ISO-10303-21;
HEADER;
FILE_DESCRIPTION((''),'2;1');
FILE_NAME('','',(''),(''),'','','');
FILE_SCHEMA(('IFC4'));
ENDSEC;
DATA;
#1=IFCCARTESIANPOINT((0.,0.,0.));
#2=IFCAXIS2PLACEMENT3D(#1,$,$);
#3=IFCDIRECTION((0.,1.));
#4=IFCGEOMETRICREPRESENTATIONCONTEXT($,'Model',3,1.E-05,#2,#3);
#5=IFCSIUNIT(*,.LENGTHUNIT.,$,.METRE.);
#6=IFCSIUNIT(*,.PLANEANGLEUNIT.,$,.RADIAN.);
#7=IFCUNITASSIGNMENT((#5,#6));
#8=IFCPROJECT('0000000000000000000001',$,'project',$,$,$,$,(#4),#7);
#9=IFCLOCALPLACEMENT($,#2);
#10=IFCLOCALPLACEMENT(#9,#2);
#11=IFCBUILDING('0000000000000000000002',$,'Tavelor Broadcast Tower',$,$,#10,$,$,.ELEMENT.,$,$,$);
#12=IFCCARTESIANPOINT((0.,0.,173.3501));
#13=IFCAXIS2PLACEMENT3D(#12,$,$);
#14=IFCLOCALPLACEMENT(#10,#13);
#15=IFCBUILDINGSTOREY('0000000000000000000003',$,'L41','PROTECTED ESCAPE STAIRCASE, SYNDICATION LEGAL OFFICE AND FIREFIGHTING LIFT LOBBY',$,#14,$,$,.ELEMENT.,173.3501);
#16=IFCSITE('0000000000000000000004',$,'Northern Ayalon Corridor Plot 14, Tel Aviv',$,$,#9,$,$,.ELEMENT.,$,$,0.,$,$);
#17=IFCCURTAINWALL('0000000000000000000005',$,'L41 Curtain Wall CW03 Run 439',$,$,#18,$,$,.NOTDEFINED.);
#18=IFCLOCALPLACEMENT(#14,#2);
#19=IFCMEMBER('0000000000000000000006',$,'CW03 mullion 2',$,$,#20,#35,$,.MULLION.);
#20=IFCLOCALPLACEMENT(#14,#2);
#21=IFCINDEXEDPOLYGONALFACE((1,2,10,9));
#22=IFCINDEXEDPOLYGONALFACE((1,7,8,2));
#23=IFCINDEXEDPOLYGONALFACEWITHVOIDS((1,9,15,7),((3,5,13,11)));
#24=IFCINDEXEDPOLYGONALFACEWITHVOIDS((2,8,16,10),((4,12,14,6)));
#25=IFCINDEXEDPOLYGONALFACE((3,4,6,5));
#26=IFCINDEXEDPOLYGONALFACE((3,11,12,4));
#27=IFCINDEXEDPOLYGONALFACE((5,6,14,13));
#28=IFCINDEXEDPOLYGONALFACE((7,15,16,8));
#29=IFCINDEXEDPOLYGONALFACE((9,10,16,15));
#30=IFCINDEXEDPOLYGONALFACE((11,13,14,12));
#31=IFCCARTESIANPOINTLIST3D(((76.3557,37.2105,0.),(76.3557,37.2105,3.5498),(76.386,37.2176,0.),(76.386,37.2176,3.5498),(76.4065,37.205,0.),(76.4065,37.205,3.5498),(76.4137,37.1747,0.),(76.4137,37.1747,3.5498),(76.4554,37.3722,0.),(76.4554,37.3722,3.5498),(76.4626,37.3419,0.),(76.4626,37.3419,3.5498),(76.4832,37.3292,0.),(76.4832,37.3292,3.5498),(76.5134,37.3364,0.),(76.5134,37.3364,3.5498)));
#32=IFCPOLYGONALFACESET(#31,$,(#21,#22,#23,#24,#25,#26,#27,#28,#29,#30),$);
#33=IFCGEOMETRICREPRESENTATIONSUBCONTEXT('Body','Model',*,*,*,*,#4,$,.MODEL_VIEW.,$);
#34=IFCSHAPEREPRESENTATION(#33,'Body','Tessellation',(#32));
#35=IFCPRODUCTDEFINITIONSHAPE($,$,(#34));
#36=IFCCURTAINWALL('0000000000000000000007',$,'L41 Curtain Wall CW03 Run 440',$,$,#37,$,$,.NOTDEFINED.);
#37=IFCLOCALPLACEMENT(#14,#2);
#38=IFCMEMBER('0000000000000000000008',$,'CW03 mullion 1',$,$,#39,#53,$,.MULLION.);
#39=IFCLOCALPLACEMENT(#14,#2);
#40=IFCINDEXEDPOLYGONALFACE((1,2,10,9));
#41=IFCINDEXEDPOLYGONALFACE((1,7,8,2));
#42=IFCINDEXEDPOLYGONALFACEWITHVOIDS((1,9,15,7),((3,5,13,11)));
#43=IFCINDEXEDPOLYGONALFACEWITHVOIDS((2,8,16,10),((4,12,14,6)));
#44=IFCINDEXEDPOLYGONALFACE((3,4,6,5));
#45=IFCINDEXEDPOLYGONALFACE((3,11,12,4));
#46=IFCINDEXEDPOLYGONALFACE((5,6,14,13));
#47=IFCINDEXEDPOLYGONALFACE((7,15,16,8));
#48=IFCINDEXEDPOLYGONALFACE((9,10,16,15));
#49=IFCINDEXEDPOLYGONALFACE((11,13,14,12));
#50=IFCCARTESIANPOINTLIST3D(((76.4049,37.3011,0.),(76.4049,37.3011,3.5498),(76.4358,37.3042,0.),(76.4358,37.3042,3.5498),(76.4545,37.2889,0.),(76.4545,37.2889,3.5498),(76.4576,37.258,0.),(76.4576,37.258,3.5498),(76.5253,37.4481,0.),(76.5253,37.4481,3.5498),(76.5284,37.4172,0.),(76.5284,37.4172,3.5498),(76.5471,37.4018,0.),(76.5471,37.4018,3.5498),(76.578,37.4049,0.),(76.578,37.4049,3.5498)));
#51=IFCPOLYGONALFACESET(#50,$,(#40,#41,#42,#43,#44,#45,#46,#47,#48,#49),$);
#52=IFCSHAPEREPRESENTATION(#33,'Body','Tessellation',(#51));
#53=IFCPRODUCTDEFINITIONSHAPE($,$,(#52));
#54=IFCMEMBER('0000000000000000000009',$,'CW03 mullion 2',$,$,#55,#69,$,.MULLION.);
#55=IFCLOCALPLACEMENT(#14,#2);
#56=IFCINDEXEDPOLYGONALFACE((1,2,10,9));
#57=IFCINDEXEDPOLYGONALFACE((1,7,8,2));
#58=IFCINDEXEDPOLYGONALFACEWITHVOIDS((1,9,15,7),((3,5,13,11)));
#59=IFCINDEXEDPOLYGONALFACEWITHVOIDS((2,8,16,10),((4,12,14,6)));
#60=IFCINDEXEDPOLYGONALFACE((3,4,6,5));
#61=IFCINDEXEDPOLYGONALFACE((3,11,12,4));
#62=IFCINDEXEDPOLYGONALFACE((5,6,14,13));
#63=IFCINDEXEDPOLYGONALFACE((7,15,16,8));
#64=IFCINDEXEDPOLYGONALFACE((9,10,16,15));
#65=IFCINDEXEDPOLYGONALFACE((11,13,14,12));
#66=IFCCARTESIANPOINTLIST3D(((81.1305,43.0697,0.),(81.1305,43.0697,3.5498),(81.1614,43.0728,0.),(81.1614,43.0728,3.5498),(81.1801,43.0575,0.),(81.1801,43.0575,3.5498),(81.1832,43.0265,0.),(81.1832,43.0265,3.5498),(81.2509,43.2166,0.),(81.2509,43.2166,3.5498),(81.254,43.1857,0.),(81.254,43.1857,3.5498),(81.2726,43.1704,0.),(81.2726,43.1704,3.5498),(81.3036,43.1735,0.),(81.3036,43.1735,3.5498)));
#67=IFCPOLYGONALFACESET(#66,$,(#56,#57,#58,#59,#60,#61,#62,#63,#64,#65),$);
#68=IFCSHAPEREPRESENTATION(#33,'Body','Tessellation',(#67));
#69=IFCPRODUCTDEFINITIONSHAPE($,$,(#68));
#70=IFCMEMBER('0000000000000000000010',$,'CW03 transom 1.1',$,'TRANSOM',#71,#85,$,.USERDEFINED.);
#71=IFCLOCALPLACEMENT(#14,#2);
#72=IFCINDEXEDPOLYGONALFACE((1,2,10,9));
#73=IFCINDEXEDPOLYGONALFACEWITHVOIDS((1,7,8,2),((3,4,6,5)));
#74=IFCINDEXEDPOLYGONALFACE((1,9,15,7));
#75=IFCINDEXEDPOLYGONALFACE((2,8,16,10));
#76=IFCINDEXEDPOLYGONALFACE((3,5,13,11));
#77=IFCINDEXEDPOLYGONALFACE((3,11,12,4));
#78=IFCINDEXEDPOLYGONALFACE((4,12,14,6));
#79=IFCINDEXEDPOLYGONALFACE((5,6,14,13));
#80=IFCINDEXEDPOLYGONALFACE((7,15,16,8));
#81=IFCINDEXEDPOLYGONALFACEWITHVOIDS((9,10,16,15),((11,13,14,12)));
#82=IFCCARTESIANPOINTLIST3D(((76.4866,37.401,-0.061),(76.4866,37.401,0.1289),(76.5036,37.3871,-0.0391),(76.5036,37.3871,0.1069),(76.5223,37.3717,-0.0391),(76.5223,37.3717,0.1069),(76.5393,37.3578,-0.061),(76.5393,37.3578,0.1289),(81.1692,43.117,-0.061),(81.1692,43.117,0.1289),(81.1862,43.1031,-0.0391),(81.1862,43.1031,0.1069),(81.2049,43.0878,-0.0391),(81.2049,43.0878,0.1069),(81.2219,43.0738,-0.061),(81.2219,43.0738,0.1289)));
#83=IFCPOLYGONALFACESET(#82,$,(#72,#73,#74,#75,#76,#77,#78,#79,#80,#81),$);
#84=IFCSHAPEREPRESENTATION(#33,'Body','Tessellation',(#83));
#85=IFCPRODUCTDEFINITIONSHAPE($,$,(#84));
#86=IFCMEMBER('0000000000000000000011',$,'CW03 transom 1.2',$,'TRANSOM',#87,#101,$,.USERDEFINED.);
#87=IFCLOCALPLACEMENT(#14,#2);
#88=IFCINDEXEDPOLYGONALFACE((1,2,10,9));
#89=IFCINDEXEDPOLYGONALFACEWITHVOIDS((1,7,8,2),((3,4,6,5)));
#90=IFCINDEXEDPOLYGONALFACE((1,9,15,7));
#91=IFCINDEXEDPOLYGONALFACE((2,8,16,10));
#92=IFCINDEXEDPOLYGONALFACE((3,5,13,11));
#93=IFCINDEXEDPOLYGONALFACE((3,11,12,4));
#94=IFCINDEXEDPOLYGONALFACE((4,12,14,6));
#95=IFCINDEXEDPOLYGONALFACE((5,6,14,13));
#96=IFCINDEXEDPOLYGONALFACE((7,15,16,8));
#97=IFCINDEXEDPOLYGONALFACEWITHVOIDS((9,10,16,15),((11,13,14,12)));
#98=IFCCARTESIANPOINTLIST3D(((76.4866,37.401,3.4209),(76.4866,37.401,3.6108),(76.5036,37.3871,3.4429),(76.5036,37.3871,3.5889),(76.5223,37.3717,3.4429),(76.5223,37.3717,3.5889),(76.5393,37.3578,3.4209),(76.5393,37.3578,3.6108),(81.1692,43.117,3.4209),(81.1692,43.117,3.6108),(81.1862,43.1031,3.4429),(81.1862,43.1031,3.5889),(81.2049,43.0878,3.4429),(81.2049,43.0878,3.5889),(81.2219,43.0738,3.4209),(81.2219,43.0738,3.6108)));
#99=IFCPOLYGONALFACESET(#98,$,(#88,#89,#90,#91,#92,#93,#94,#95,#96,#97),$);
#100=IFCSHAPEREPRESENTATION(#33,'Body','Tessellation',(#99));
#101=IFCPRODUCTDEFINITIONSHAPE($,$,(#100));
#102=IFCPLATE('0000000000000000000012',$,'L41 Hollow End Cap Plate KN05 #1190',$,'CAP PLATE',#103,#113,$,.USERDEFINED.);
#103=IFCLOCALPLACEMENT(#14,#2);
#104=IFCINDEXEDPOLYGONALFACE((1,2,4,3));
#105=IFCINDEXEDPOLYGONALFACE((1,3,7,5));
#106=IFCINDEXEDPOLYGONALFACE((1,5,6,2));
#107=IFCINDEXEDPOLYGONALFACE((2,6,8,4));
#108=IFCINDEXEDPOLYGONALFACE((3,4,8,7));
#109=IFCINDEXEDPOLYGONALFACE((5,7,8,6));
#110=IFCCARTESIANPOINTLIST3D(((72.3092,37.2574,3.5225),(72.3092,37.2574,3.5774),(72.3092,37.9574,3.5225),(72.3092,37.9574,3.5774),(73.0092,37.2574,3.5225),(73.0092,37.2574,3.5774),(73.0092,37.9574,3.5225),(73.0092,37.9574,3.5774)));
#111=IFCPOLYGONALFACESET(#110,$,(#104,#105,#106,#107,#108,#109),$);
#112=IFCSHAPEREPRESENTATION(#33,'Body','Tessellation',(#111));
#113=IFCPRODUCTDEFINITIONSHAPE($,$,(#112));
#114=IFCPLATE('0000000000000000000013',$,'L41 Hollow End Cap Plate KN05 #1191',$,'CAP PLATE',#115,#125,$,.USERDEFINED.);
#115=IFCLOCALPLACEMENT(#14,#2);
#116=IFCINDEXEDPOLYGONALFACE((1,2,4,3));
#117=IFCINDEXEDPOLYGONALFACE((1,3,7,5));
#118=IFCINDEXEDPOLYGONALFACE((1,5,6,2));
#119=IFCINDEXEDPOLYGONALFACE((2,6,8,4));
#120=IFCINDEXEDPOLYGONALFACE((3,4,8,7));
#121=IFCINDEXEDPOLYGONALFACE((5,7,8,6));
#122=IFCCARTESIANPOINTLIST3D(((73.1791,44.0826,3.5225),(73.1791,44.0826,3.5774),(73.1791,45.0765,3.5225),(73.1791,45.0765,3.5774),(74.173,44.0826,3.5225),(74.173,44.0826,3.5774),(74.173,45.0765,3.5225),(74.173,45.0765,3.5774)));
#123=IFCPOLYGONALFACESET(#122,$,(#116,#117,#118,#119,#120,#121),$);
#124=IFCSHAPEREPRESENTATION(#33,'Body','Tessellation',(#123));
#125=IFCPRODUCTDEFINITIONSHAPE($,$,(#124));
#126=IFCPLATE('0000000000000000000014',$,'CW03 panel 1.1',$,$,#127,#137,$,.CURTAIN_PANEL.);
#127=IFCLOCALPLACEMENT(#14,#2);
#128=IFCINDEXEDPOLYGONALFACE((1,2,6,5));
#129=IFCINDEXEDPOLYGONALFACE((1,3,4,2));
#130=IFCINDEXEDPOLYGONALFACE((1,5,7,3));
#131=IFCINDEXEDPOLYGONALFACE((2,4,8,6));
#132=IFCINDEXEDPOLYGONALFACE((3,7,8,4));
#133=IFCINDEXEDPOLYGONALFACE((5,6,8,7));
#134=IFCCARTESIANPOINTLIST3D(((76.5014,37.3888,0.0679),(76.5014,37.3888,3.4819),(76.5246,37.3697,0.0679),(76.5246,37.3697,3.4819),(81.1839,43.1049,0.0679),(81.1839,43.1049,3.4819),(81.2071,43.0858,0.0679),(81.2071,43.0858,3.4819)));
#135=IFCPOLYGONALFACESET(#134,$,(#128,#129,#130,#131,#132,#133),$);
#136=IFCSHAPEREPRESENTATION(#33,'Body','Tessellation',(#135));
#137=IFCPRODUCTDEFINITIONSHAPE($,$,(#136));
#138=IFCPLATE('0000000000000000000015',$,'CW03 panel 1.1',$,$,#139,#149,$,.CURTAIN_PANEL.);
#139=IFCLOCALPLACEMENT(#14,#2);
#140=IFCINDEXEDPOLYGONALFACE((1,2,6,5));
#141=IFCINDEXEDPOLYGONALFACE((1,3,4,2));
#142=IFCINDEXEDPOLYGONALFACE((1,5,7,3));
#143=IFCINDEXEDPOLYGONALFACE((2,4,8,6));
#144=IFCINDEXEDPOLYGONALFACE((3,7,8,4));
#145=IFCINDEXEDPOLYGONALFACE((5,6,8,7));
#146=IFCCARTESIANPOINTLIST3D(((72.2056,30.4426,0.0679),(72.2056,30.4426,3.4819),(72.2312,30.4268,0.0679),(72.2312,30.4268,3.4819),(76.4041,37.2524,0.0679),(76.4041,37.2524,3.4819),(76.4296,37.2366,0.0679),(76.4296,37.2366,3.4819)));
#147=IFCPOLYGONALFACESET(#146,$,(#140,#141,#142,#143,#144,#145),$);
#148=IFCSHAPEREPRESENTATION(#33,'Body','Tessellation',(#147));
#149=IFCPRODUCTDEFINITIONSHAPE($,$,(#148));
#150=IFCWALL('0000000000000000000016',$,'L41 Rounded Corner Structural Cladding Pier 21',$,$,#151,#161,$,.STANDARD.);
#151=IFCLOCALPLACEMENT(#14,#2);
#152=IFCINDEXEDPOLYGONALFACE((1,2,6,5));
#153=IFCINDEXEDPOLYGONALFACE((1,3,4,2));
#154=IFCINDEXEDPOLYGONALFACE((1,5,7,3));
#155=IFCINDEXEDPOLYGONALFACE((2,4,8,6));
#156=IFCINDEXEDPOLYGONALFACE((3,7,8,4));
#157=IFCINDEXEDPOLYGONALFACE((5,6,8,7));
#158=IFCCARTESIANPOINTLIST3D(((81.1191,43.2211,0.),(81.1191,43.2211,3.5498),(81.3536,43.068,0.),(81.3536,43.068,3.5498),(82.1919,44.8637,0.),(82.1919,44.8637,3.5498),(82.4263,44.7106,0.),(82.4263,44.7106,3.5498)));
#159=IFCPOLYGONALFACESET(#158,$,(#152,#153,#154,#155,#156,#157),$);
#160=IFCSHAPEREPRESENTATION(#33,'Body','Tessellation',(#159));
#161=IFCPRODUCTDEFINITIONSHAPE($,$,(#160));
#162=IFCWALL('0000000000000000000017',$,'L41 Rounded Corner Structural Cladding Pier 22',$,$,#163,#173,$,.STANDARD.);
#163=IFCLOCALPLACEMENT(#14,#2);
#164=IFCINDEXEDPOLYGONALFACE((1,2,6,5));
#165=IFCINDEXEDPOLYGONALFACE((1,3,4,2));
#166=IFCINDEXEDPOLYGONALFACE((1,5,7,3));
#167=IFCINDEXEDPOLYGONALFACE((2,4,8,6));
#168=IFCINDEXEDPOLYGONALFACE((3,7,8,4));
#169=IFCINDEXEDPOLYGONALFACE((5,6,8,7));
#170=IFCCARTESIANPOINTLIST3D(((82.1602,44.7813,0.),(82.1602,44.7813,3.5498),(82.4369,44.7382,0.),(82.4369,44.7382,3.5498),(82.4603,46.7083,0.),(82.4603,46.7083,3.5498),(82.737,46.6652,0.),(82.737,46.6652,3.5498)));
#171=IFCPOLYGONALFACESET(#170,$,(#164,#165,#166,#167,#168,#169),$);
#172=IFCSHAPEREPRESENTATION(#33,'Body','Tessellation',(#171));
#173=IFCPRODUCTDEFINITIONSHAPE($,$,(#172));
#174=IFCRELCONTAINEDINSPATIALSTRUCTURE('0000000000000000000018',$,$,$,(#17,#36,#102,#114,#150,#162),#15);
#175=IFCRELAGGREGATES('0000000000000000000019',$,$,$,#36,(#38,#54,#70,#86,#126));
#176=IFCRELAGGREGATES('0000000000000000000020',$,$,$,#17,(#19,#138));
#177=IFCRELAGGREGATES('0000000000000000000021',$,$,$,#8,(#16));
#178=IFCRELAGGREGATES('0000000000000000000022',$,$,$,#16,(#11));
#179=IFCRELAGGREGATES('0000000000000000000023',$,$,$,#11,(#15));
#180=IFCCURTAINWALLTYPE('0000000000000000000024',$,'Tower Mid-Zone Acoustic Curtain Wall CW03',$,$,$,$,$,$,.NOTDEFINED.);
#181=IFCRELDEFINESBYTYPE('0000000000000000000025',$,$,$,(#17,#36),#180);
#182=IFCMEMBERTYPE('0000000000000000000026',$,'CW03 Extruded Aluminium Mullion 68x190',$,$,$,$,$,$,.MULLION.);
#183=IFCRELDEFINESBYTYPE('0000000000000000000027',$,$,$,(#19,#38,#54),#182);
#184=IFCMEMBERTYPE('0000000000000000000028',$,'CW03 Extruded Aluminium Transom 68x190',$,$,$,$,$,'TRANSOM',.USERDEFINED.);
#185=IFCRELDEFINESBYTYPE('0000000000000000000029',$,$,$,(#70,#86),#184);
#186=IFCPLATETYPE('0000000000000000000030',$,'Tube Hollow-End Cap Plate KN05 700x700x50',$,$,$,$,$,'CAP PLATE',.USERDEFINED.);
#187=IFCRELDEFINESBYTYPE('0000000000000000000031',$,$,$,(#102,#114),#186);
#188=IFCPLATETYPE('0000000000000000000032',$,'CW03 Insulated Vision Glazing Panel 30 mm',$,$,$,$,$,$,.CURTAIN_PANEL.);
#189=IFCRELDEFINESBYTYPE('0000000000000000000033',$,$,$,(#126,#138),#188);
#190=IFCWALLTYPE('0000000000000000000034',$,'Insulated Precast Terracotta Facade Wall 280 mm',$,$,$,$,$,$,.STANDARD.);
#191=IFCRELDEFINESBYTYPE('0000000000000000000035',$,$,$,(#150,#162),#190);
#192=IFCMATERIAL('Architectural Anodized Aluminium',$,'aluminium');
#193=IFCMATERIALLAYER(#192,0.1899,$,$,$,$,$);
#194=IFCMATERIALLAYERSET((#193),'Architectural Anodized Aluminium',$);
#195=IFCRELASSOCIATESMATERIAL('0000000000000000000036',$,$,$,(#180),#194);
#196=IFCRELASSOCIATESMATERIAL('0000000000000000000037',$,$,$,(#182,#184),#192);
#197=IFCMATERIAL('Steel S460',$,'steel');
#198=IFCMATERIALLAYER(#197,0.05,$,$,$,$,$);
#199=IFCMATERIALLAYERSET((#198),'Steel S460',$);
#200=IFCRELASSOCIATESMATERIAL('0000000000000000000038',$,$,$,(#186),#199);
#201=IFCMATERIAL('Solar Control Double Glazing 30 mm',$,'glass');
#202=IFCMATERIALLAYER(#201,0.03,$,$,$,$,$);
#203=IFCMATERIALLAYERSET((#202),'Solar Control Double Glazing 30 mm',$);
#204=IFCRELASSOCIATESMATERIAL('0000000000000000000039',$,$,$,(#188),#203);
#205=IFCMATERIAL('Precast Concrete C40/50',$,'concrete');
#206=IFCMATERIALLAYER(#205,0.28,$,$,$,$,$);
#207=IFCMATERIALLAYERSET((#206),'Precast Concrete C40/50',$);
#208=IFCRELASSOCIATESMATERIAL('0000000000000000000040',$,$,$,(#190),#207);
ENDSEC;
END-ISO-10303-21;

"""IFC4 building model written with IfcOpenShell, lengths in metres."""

from ifc_helpers import new_model, si_unit, direction, frame, frame_2d, origin, origin_2d, place, context, subcontext, project, spatial, rectangle, hollow_rectangle, extrude, source, transform, mapped, material, layer, layer_set, material_profile, profile_set, type_object, type_shapes, element, aggregate, save


model = new_model("IFC4")

# Units and contexts
model_context = context("Model", 3, precision=1e-05, world=origin(), true_north=direction((0.0, 1.0)))
body_context = subcontext(model_context, "Body", "Model", "MODEL_VIEW")
ifc_project = project(units=[si_unit("LENGTHUNIT", "METRE"), si_unit("PLANEANGLEUNIT", "RADIAN")], contexts=[model_context])

# Site, building, storey
site_placement = place(None, origin())
site = spatial("IfcSite", under=ifc_project, at=site_placement, Name="Northern Ayalon Corridor Plot 14, Tel Aviv", CompositionType="ELEMENT", RefElevation=0.0)
building_placement = place(site_placement, origin())
building = spatial("IfcBuilding", under=site, at=building_placement, Name="Tavelor Broadcast Tower", CompositionType="ELEMENT")
storey_placement = place(building_placement, frame((0.0, 0.0, 173.3501)))
storey = spatial("IfcBuildingStorey", under=building, at=storey_placement, Name="L41", Description="PROTECTED ESCAPE STAIRCASE, SYNDICATION LEGAL OFFICE AND FIREFIGHTING LIFT LOBBY", CompositionType="ELEMENT", Elevation=173.3501)

# Shared definitions
ifc_material_1 = material(Name="Steel S460", Category="steel")

# Curtain wall, member
ifc_material_2 = material(Name="Architectural Anodized Aluminium", Category="aluminium")
ifc_layer_1 = layer(ifc_material_2, 0.1899)
ifc_layer_set_1 = layer_set([ifc_layer_1], Name="Architectural Anodized Aluminium")
curtain_wall_type = type_object("IfcCurtainWallType", Name="Tower Mid-Zone Acoustic Curtain Wall CW03", PredefinedType="NOTDEFINED", material=ifc_layer_set_1)
curtain_wall_1_placement = place(storey_placement, origin())
curtain_wall_1 = element("IfcCurtainWall", 1, at=curtain_wall_1_placement, inside=storey, type_object=curtain_wall_type, Name="L41 Curtain Wall CW03 Run 439", PredefinedType="NOTDEFINED")
ifc_material_profile_1 = material_profile(ifc_material_2, hollow_rectangle(XDim=0.0681, YDim=0.1899, WallThickness=0.022, at=origin_2d()), Name="RHS 68x190x22")
ifc_profile_set_1 = profile_set([ifc_material_profile_1], Name="Architectural Anodized Aluminium")
member_type_1 = type_object("IfcMemberType", Name="CW03 Extruded Aluminium Mullion 68x190", PredefinedType="MULLION", material=ifc_profile_set_1)
shared_shape_1 = source(origin(), body_context, "Body", "SweptSolid", [
    extrude(hollow_rectangle(XDim=0.0681, YDim=0.1899, WallThickness=0.022, at=origin_2d()), origin(), (0.0, 0.0, 1.0), 3.5498),
])
type_shapes(member_type_1, [shared_shape_1])
member_1_placement = place(storey_placement, frame((76.4346, 37.2734, 0.0), z_axis=(0.0, 0.0, 1.0), x_axis=(-0.85122, 0.52481, 0.0)))
member_1 = element("IfcMember", 2, at=member_1_placement, type_object=member_type_1, Name="CW03 mullion 2", PredefinedType="MULLION", context=body_context, shape_type="MappedRepresentation", body=[
    mapped(shared_shape_1, transform((0.0, 0.0, 0.0), scale=1.0)),
])

# Curtain wall, members
curtain_wall_2_placement = place(storey_placement, origin())
curtain_wall_2 = element("IfcCurtainWall", 3, at=curtain_wall_2_placement, inside=storey, type_object=curtain_wall_type, Name="L41 Curtain Wall CW03 Run 440", PredefinedType="NOTDEFINED")
member_2_placement = place(storey_placement, frame((76.4915, 37.353, 0.0), z_axis=(0.0, 0.0, 1.0), x_axis=(-0.773578, 0.633701, 0.0)))
member_2 = element("IfcMember", 4, at=member_2_placement, type_object=member_type_1, Name="CW03 mullion 1", PredefinedType="MULLION", context=body_context, shape_type="MappedRepresentation", body=[
    mapped(shared_shape_1, transform((0.0, 0.0, 0.0), scale=1.0)),
])
member_3_placement = place(storey_placement, frame((81.217, 43.1216, 0.0), z_axis=(0.0, 0.0, 1.0), x_axis=(-0.773578, 0.633701, 0.0)))
member_3 = element("IfcMember", 5, at=member_3_placement, type_object=member_type_1, Name="CW03 mullion 2", PredefinedType="MULLION", context=body_context, shape_type="MappedRepresentation", body=[
    mapped(shared_shape_1, transform((0.0, 0.0, 0.0), scale=1.0)),
])
ifc_material_profile_2 = material_profile(ifc_material_2, hollow_rectangle(XDim=0.0681, YDim=0.1899, WallThickness=0.022, at=origin_2d()), Name="RHS 68x190x22")
ifc_profile_set_2 = profile_set([ifc_material_profile_2], Name="Architectural Anodized Aluminium")
member_type_2 = type_object("IfcMemberType", Name="CW03 Extruded Aluminium Transom 68x190", ElementType="TRANSOM", PredefinedType="USERDEFINED", material=ifc_profile_set_2)
shared_shape_2 = source(origin(), body_context, "Body", "SweptSolid", [
    extrude(hollow_rectangle(XDim=0.0681, YDim=0.1899, WallThickness=0.022, at=origin_2d()), origin(), (0.0, 0.0, 1.0), 7.3892),
])
type_shapes(member_type_2, [shared_shape_2])
member_4_placement = place(storey_placement, frame((76.5129, 37.3794, 0.0339), z_axis=(0.633711, 0.77357, 0.0), x_axis=(-0.77357, 0.633711, 0.0)))
member_4 = element("IfcMember", 6, at=member_4_placement, type_object=member_type_2, Name="CW03 transom 1.1", ObjectType="TRANSOM", PredefinedType="USERDEFINED", context=body_context, shape_type="MappedRepresentation", body=[
    mapped(shared_shape_2, transform((0.0, 0.0, 0.0), scale=1.0)),
])
member_5_placement = place(storey_placement, frame((76.5129, 37.3794, 3.5159), z_axis=(0.633711, 0.77357, 0.0), x_axis=(-0.77357, 0.633711, 0.0)))
member_5 = element("IfcMember", 7, at=member_5_placement, type_object=member_type_2, Name="CW03 transom 1.2", ObjectType="TRANSOM", PredefinedType="USERDEFINED", context=body_context, shape_type="MappedRepresentation", body=[
    mapped(shared_shape_2, transform((0.0, 0.0, 0.0), scale=1.0)),
])

# Plates
ifc_layer_2 = layer(ifc_material_1, 0.05)
ifc_layer_set_2 = layer_set([ifc_layer_2], Name="Steel S460")
plate_type_1 = type_object("IfcPlateType", Name="Tube Hollow-End Cap Plate KN05 700x700x50", ElementType="CAP PLATE", PredefinedType="USERDEFINED", material=ifc_layer_set_2)
shared_shape_3 = source(origin(), body_context, "Body", "SweptSolid", [
    extrude(rectangle(XDim=0.7, YDim=0.7, at=origin_2d()), origin(), (0.0, 0.0, 1.0), 0.0549),
])
plate_1_placement = place(storey_placement, frame((72.6592, 37.6074, 3.5225), z_axis=(0.0, 0.0, 1.0), x_axis=(1.0, 0.0, 0.0)))
element("IfcPlate", 8, at=plate_1_placement, inside=storey, type_object=plate_type_1, Name="L41 Hollow End Cap Plate KN05 #1190", ObjectType="CAP PLATE", PredefinedType="USERDEFINED", context=body_context, shape_type="MappedRepresentation", body=[
    mapped(shared_shape_3, transform((0.0, 0.0, 0.0), scale=1.0)),
])
shared_shape_4 = source(origin(), body_context, "Body", "SweptSolid", [
    extrude(rectangle(XDim=0.9939, YDim=0.9939, at=origin_2d()), origin(), (0.0, 0.0, 1.0), 0.0549),
])
type_shapes(plate_type_1, [shared_shape_3, shared_shape_4])
plate_2_placement = place(storey_placement, frame((73.676, 44.5796, 3.5225), z_axis=(0.0, 0.0, 1.0), x_axis=(1.0, 0.0, 0.0)))
element("IfcPlate", 9, at=plate_2_placement, inside=storey, type_object=plate_type_1, Name="L41 Hollow End Cap Plate KN05 #1191", ObjectType="CAP PLATE", PredefinedType="USERDEFINED", context=body_context, shape_type="MappedRepresentation", body=[
    mapped(shared_shape_4, transform((0.0, 0.0, 0.0), scale=1.0)),
])

# Plates
ifc_material_3 = material(Name="Solar Control Double Glazing 30 mm", Category="glass")
ifc_layer_3 = layer(ifc_material_3, 0.03)
ifc_layer_set_3 = layer_set([ifc_layer_3], Name="Solar Control Double Glazing 30 mm")
plate_type_2 = type_object("IfcPlateType", Name="CW03 Insulated Vision Glazing Panel 30 mm", PredefinedType="CURTAIN_PANEL", material=ifc_layer_set_3)
shared_shape_5 = source(origin(), body_context, "Body", "SweptSolid", [
    extrude(rectangle(XDim=7.3892, YDim=0.03, at=origin_2d()), origin(), (0.0, 0.0, 1.0), 3.4141),
])
plate_3_placement = place(storey_placement, frame((78.8542, 40.2373, 0.0679), z_axis=(0.0, 0.0, 1.0), x_axis=(0.633701, 0.773578, 0.0)))
plate_3 = element("IfcPlate", 10, at=plate_3_placement, type_object=plate_type_2, Name="CW03 panel 1.1", PredefinedType="CURTAIN_PANEL", context=body_context, shape_type="MappedRepresentation", body=[
    mapped(shared_shape_5, transform((0.0, 0.0, 0.0), scale=1.0)),
])
aggregate(curtain_wall_2, [member_2, member_3, member_4, member_5, plate_3])
shared_shape_6 = source(origin(), body_context, "Body", "SweptSolid", [
    extrude(rectangle(XDim=8.0, YDim=0.03, at=origin_2d()), origin(), (0.0, 0.0, 1.0), 3.4141),
])
type_shapes(plate_type_2, [shared_shape_5, shared_shape_6])
plate_4_placement = place(storey_placement, frame((74.3176, 33.8396, 0.0679), z_axis=(0.0, 0.0, 1.0), x_axis=(0.52481, 0.85122, 0.0)))
plate_4 = element("IfcPlate", 11, at=plate_4_placement, type_object=plate_type_2, Name="CW03 panel 1.1", PredefinedType="CURTAIN_PANEL", context=body_context, shape_type="MappedRepresentation", body=[
    mapped(shared_shape_6, transform((0.0, 0.0, 0.0), scale=1.0)),
])
aggregate(curtain_wall_1, [member_1, plate_4])

# Walls
ifc_material_4 = material(Name="Precast Concrete C40/50", Category="concrete")
ifc_layer_4 = layer(ifc_material_4, 0.28)
ifc_layer_set_4 = layer_set([ifc_layer_4], Name="Precast Concrete C40/50")
wall_type_1 = type_object("IfcWallType", Name="Insulated Precast Terracotta Facade Wall 280 mm", PredefinedType="STANDARD", material=ifc_layer_set_4)
wall_1_placement = place(storey_placement, frame((81.2363, 43.1445, 0.0), z_axis=(0.0, 0.0, 1.0), x_axis=(0.546807, 0.837259, 0.0)))
element("IfcWall", 12, at=wall_1_placement, inside=storey, type_object=wall_type_1, Name="L41 Rounded Corner Structural Cladding Pier 21", PredefinedType="STANDARD", context=body_context, shape_type="SweptSolid", body=[
    extrude(rectangle(XDim=1.9619, YDim=0.28, at=frame_2d((0.981, 0.0))), origin(), (0.0, 0.0, 1.0), 3.5498),
])
wall_2_placement = place(storey_placement, frame((82.2986, 44.7598, 0.0), z_axis=(0.0, 0.0, 1.0), x_axis=(0.153854, 0.988094, 0.0)))
element("IfcWall", 13, at=wall_2_placement, inside=storey, type_object=wall_type_1, Name="L41 Rounded Corner Structural Cladding Pier 22", PredefinedType="STANDARD", context=body_context, shape_type="SweptSolid", body=[
    extrude(rectangle(XDim=1.9502, YDim=0.28, at=frame_2d((0.9751, 0.0))), origin(), (0.0, 0.0, 1.0), 3.5498),
])

save(model, "model.ifc")
